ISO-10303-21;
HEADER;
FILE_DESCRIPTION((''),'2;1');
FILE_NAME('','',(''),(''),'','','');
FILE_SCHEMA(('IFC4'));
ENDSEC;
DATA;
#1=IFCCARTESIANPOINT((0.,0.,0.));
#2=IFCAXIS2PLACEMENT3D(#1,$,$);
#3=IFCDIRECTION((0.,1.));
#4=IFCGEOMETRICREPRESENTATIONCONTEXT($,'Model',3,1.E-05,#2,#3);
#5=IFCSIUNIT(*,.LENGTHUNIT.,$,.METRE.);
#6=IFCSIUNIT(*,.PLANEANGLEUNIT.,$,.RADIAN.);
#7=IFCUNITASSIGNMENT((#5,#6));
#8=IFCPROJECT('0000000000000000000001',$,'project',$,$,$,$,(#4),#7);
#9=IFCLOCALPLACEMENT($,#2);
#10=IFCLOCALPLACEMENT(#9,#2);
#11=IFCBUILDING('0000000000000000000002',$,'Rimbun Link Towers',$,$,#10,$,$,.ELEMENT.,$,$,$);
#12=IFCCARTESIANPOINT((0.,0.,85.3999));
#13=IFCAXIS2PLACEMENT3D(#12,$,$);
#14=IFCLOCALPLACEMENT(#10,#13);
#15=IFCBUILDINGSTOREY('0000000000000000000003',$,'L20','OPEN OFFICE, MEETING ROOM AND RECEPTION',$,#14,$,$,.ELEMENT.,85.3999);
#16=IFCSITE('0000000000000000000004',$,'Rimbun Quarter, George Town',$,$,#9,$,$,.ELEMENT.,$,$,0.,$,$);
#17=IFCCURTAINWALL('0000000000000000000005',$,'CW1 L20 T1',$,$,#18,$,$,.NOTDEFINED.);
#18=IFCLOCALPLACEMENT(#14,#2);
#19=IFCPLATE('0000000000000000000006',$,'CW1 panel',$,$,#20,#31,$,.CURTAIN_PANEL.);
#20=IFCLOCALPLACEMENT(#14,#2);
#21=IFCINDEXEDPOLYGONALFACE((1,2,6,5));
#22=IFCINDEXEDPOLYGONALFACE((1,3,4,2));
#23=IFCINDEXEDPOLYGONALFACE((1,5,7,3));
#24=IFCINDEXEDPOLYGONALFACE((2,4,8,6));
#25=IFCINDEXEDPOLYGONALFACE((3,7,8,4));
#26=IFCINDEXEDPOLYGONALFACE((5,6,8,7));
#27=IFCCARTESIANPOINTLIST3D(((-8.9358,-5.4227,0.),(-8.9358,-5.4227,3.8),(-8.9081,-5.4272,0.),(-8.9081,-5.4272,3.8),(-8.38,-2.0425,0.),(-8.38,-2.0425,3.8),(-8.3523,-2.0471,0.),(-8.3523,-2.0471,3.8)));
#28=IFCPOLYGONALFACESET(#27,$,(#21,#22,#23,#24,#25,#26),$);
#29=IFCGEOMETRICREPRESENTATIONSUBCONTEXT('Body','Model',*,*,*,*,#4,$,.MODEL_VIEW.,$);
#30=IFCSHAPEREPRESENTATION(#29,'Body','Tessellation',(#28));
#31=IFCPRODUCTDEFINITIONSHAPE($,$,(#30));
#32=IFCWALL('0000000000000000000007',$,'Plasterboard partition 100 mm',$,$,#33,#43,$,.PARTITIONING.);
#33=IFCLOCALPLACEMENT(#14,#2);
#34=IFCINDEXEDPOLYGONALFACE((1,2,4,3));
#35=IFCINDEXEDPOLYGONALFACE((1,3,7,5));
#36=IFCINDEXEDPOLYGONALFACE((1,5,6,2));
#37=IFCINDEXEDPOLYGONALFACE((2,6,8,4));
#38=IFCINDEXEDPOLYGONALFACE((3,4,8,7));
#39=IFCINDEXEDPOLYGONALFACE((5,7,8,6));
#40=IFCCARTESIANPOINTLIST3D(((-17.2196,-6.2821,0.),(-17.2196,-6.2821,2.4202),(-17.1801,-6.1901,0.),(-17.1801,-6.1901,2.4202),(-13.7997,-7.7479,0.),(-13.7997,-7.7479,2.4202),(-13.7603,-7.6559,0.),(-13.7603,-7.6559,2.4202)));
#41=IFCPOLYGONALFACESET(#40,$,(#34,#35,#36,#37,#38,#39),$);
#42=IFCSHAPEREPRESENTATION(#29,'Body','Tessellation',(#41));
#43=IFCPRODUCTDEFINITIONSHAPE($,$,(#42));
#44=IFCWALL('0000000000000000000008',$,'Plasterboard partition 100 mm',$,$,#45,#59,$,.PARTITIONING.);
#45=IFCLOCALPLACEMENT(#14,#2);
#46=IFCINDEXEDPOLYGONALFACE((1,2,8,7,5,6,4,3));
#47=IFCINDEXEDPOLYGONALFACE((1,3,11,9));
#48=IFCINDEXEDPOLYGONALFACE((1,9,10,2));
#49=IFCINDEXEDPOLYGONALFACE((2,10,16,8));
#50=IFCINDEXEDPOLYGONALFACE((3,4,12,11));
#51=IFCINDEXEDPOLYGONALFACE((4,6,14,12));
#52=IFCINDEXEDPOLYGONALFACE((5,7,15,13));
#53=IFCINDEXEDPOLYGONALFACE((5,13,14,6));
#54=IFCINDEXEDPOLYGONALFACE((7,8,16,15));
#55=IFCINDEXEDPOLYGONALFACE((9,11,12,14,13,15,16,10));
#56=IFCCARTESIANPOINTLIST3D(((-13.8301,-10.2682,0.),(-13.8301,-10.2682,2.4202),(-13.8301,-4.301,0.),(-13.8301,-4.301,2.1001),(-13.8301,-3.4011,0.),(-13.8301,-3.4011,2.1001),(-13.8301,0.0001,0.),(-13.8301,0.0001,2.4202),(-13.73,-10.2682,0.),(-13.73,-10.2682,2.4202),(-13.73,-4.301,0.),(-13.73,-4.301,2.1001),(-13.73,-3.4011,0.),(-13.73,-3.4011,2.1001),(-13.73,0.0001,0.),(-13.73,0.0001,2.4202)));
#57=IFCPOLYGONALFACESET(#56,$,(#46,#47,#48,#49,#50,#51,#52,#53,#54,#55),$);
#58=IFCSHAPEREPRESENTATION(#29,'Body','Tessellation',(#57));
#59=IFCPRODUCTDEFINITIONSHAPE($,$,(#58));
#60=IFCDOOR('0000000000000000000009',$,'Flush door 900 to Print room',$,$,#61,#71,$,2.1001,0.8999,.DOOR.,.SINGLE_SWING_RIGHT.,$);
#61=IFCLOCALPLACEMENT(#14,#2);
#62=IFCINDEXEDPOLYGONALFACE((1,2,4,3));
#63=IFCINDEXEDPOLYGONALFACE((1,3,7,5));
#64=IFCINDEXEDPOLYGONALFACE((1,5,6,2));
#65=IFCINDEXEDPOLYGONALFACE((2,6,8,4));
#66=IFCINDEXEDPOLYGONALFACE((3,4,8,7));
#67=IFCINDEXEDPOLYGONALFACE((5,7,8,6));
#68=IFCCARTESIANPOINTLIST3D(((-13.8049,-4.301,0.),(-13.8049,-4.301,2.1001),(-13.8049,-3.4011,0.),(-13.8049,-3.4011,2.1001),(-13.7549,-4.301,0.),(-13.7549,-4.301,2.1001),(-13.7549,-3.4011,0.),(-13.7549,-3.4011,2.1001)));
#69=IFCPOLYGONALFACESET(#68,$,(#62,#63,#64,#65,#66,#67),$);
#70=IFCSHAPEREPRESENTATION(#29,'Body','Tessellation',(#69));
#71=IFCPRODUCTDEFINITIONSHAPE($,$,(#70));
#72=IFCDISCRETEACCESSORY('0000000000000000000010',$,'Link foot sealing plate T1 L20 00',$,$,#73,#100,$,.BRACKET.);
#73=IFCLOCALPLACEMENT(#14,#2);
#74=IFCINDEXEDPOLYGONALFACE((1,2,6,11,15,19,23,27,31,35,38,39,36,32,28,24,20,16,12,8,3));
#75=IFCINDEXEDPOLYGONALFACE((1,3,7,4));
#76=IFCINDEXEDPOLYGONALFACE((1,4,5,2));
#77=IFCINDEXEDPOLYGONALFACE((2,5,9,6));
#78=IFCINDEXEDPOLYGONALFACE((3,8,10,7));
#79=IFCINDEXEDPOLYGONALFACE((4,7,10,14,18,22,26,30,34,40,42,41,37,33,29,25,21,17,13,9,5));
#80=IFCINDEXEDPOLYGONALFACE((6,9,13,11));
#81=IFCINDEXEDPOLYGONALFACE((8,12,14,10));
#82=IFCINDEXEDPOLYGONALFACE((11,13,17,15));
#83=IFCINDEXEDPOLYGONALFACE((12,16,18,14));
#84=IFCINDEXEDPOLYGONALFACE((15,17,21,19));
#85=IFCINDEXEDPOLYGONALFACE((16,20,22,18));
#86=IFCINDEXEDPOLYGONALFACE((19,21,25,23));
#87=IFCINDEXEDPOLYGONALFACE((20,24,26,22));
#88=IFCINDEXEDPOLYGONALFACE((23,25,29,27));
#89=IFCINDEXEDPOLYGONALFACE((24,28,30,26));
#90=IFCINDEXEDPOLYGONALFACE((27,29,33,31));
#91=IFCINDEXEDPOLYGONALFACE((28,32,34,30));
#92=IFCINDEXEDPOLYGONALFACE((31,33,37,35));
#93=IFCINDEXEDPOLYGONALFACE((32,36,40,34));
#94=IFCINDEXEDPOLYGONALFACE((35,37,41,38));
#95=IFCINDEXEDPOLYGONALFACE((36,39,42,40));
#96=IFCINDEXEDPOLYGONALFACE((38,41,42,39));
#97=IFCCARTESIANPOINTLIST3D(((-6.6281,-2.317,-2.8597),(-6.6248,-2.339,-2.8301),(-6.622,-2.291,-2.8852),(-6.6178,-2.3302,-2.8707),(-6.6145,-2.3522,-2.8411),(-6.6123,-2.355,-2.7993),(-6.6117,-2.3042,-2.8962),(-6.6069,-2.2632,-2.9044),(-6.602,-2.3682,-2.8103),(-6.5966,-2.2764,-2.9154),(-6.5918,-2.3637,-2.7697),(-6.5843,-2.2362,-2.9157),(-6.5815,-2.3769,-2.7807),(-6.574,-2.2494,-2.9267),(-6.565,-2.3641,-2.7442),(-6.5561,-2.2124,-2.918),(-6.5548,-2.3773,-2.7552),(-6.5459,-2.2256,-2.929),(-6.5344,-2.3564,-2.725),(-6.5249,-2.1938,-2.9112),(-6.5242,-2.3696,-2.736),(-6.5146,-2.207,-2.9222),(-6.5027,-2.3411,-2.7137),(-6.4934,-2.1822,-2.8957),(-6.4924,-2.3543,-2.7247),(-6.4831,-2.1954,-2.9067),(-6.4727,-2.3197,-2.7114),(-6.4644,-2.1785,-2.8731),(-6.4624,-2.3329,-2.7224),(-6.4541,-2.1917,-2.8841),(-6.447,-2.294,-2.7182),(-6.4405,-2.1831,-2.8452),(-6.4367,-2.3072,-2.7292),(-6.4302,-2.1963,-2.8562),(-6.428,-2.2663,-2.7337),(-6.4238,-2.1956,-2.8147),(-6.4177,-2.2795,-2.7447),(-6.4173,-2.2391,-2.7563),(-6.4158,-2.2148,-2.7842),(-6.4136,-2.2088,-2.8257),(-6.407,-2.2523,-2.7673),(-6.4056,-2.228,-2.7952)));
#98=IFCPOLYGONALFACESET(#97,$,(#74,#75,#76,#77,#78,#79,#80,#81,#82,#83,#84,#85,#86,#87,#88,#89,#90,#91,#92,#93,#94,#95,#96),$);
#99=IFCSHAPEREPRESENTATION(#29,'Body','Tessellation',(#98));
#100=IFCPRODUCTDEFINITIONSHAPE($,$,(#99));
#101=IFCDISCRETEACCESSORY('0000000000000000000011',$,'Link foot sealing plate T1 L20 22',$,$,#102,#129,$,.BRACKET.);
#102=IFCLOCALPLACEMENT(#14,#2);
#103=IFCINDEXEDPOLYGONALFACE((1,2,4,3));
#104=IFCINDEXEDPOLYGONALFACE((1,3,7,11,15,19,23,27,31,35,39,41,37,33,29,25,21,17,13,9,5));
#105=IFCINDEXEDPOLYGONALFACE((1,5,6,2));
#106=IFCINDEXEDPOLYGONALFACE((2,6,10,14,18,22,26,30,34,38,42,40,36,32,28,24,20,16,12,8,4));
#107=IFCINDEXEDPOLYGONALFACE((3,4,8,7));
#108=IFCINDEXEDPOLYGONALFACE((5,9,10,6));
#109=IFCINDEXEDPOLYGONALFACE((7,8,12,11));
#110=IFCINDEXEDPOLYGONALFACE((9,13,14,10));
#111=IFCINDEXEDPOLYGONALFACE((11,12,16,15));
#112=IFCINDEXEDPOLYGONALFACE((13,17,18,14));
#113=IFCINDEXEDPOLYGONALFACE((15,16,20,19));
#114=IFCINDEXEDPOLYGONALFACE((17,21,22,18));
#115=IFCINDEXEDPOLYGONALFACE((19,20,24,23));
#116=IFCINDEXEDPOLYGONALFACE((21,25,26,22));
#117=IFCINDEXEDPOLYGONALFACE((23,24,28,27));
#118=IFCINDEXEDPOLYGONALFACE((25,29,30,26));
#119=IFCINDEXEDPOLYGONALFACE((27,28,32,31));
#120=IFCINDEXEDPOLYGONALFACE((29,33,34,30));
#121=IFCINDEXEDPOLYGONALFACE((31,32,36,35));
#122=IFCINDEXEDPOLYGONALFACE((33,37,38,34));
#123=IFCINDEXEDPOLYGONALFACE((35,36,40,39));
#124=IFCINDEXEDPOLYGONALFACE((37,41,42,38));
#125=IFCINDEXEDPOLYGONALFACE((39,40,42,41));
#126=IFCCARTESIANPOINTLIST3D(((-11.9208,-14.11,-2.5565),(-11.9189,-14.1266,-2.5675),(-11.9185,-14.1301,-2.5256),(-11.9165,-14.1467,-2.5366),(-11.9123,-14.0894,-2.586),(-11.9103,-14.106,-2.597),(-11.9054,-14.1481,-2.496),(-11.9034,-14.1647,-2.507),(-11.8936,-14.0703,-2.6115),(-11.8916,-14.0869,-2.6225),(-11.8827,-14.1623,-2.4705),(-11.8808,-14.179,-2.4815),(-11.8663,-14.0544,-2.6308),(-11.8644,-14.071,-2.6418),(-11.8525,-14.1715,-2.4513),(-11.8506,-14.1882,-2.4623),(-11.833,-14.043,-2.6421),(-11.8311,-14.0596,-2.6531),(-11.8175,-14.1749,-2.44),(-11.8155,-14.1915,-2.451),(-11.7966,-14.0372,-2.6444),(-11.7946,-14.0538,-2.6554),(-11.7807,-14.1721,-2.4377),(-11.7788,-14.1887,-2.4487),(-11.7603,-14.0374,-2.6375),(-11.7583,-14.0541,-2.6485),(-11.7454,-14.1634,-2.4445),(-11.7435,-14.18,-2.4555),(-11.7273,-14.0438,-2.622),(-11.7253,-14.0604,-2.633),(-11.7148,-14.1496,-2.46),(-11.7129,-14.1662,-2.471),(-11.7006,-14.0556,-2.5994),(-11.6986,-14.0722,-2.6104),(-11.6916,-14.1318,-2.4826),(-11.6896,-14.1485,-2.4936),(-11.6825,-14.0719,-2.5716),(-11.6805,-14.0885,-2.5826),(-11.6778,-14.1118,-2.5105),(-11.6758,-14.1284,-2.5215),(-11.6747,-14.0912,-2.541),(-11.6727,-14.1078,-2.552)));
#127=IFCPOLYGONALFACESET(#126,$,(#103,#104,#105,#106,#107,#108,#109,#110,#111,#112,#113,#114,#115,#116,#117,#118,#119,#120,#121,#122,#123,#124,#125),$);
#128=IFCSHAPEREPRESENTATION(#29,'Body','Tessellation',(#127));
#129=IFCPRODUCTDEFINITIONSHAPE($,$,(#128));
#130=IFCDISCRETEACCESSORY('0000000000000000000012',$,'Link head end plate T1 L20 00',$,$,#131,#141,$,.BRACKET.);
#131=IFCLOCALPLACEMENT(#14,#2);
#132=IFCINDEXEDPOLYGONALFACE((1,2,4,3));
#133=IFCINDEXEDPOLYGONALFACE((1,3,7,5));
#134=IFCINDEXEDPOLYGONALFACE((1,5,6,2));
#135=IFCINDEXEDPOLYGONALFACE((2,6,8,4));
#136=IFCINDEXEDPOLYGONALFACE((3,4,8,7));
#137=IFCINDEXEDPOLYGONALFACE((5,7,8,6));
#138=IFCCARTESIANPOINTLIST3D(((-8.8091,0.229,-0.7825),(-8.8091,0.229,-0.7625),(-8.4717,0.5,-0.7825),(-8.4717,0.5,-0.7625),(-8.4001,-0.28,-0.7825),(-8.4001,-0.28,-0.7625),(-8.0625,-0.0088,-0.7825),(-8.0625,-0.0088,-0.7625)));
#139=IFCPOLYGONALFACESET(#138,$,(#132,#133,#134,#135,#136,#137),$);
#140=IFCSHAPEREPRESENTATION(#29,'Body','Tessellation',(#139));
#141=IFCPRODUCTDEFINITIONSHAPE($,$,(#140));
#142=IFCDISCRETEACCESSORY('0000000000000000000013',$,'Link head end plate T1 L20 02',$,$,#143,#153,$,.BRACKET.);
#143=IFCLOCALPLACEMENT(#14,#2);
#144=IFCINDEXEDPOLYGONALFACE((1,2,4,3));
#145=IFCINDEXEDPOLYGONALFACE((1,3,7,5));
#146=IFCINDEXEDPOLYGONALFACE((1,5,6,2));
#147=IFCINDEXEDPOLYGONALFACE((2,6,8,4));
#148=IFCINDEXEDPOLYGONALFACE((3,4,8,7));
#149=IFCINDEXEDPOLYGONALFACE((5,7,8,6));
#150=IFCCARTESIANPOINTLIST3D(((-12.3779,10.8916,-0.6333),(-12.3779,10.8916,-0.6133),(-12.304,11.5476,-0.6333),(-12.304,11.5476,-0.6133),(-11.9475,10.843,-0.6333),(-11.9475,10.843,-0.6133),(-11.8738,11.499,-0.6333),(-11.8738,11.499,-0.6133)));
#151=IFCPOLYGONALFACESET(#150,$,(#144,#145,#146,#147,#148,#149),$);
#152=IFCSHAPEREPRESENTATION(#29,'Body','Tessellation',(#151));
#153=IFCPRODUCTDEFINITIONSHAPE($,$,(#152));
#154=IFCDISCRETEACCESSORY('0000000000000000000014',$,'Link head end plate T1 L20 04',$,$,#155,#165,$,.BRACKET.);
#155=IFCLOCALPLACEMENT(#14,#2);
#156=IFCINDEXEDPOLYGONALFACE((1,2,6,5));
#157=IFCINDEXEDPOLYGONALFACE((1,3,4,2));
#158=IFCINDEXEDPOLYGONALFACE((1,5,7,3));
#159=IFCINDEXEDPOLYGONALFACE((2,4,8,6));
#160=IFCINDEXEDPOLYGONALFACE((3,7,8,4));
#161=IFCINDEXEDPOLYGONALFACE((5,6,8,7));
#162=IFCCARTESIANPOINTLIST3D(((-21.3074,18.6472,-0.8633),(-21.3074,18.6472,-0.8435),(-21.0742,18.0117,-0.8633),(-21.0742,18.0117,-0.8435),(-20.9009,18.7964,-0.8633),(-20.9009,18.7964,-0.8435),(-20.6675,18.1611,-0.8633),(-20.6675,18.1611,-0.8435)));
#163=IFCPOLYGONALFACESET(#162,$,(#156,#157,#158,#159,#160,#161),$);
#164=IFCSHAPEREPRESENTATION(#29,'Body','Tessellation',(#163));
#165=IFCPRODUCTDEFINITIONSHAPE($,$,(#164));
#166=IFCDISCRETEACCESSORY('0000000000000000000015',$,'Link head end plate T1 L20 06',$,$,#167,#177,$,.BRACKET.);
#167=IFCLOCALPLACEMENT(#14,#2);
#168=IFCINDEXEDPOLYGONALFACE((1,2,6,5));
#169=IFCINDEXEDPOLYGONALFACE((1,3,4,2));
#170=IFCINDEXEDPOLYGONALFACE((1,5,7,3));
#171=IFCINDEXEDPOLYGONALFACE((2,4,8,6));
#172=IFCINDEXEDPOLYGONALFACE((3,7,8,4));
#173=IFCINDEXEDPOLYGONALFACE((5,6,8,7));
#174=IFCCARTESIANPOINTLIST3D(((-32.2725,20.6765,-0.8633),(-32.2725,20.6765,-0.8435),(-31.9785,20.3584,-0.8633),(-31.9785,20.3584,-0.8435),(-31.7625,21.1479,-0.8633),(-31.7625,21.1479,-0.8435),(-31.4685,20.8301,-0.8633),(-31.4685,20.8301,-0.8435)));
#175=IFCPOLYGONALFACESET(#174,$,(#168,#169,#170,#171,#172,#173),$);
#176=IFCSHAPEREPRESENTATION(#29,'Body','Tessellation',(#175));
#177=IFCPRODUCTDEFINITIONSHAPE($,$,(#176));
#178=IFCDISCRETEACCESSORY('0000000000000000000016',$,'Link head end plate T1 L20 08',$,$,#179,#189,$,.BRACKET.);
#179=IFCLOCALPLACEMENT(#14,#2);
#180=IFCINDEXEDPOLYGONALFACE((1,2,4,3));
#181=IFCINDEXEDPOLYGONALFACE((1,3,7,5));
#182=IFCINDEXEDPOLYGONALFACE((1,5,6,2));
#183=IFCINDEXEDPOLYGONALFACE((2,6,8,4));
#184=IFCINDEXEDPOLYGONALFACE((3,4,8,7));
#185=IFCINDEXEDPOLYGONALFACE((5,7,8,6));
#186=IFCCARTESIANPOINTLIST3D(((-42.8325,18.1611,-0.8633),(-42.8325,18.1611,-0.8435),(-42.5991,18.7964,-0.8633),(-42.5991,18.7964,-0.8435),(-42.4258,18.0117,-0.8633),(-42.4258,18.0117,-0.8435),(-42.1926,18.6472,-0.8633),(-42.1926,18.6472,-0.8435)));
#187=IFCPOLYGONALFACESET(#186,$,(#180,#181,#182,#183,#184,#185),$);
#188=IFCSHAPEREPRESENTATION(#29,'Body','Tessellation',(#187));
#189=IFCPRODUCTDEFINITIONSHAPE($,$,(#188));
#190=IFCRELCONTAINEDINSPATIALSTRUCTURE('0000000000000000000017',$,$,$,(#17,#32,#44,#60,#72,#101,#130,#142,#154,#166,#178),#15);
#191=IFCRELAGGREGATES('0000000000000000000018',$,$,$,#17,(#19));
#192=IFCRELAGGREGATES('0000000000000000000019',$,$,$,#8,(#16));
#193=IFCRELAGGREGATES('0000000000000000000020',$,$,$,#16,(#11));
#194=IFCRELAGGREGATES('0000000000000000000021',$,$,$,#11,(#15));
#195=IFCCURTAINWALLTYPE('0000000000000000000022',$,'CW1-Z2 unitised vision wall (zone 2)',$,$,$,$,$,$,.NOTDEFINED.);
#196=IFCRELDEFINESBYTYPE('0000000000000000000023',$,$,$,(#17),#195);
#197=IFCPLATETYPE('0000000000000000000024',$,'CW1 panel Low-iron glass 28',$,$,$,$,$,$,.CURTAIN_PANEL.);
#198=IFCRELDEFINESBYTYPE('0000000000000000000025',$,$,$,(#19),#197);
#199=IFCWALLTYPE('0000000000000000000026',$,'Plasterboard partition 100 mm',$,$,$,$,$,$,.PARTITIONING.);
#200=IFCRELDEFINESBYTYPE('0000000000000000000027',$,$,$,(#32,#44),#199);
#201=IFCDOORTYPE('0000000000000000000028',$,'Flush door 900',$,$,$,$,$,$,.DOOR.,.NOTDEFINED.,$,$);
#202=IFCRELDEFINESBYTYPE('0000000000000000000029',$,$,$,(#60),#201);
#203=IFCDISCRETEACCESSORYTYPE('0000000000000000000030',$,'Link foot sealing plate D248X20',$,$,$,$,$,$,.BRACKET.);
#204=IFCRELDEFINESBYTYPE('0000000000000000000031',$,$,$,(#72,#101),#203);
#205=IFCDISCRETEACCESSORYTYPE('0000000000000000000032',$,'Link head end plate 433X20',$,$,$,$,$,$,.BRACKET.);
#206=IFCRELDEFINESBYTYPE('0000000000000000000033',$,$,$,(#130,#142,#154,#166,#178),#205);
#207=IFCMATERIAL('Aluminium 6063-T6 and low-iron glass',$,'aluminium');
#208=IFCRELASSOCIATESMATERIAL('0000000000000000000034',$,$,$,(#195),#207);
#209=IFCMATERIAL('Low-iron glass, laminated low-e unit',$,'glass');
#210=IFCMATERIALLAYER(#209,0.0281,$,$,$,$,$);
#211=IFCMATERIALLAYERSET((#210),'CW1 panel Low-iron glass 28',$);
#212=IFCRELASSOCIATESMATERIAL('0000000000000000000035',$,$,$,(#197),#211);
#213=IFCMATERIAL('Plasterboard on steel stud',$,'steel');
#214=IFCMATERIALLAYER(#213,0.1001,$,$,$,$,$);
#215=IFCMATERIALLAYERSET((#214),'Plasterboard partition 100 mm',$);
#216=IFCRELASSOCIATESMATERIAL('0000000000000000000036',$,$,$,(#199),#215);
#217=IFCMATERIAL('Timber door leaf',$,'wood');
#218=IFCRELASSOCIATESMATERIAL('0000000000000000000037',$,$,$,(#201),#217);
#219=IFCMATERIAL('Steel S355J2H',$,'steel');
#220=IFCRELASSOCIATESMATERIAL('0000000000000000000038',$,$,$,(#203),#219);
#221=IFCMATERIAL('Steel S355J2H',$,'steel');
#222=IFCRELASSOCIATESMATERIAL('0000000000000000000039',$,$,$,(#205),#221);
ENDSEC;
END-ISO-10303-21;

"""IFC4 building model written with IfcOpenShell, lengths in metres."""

from ifc_helpers import new_model, si_unit, direction, frame, frame_2d, origin, origin_2d, place, context, subcontext, project, spatial, polyline, rectangle, circle, outline, extrude, material, layer, layer_set, material_profile, profile_set, type_object, element, fill, aggregate, save


model = new_model("IFC4")

# Units and contexts
model_context = context("Model", 3, precision=1e-05, world=origin(), true_north=direction((0.0, 1.0)))
body_context = subcontext(model_context, "Body", "Model", "MODEL_VIEW")
ifc_project = project(units=[si_unit("LENGTHUNIT", "METRE"), si_unit("PLANEANGLEUNIT", "RADIAN")], contexts=[model_context])

# Site, building, storey
site_placement = place(None, origin())
site = spatial("IfcSite", under=ifc_project, at=site_placement, Name="Rimbun Quarter, George Town", CompositionType="ELEMENT", RefElevation=0.0)
building_placement = place(site_placement, origin())
building = spatial("IfcBuilding", under=site, at=building_placement, Name="Rimbun Link Towers", CompositionType="ELEMENT")
storey_placement = place(building_placement, frame((0.0, 0.0, 85.3999)))
storey = spatial("IfcBuildingStorey", under=building, at=storey_placement, Name="L20", Description="OPEN OFFICE, MEETING ROOM AND RECEPTION", CompositionType="ELEMENT", Elevation=85.3999)

# Curtain wall
ifc_material_1 = material(Name="Aluminium 6063-T6 and low-iron glass", Category="aluminium")
curtain_wall_type = type_object("IfcCurtainWallType", Name="CW1-Z2 unitised vision wall (zone 2)", PredefinedType="NOTDEFINED", material=ifc_material_1)
curtain_wall_placement = place(storey_placement, origin())
curtain_wall = element("IfcCurtainWall", 1, at=curtain_wall_placement, inside=storey, type_object=curtain_wall_type, Name="CW1 L20 T1", PredefinedType="NOTDEFINED")

# Plate
ifc_material_2 = material(Name="Low-iron glass, laminated low-e unit", Category="glass")
ifc_layer_1 = layer(ifc_material_2, 0.0281)
ifc_layer_set_1 = layer_set([ifc_layer_1], Name="CW1 panel Low-iron glass 28")
plate_type = type_object("IfcPlateType", Name="CW1 panel Low-iron glass 28", PredefinedType="CURTAIN_PANEL", material=ifc_layer_set_1)
plate_1_placement = place(storey_placement, frame((-8.644, -3.7349, 0.0), z_axis=(0.0, 0.0, 1.0), x_axis=(-0.162255, -0.986749, 0.0)))
plate_1 = element("IfcPlate", 2, at=plate_1_placement, type_object=plate_type, Name="CW1 panel", PredefinedType="CURTAIN_PANEL", context=body_context, shape_type="SweptSolid", body=[
    extrude(rectangle(XDim=3.4255, YDim=0.0281, at=origin_2d()), origin(), (0.0, 0.0, 1.0), 3.8),
])
aggregate(curtain_wall, [plate_1])

# Wall
ifc_material_3 = material(Name="Plasterboard on steel stud", Category="steel")
ifc_layer_2 = layer(ifc_material_3, 0.1001)
ifc_layer_set_2 = layer_set([ifc_layer_2], Name="Plasterboard partition 100 mm")
wall_type = type_object("IfcWallType", Name="Plasterboard partition 100 mm", PredefinedType="PARTITIONING", material=ifc_layer_set_2)
wall_1_placement = place(storey_placement, frame((-13.78, -7.7019, 0.0), z_axis=(0.0, 0.0, 1.0), x_axis=(-0.919131, 0.393951, 0.0)))
element("IfcWall", 3, at=wall_1_placement, inside=storey, type_object=wall_type, Name="Plasterboard partition 100 mm", PredefinedType="PARTITIONING", context=body_context, shape_type="SweptSolid", body=[
    extrude(rectangle(XDim=3.7207, YDim=0.1001, at=frame_2d((1.8604, 0.0))), origin(), (0.0, 0.0, 1.0), 2.4202),
])

# Wall, opening, door
wall_2_placement = place(storey_placement, frame((-13.78, -10.2683, 0.0), z_axis=(0.0, 0.0, 1.0), x_axis=(0.0, 1.0, 0.0)))
wall_2 = element("IfcWall", 4, at=wall_2_placement, inside=storey, type_object=wall_type, Name="Plasterboard partition 100 mm", PredefinedType="PARTITIONING", context=body_context, shape_type="SweptSolid", body=[
    extrude(rectangle(XDim=10.2683, YDim=0.1001, at=frame_2d((5.1343, 0.0))), origin(), (0.0, 0.0, 1.0), 2.4202),
])
opening_placement = place(wall_2_placement, frame((5.9673, 0.0, 0.0)))
opening = element("IfcOpeningElement", 5, at=opening_placement, cuts=wall_2, PredefinedType="OPENING", context=body_context, shape_type="SweptSolid", body=[
    extrude(rectangle(XDim=0.8999, YDim=2.1001, at=frame_2d((0.45, 1.05))), frame((0.0, 0.0601, 0.0), z_axis=(0.0, -1.0, 0.0), x_axis=(1.0, 0.0, 0.0)), (0.0, 0.0, 1.0), 0.1201),
])
ifc_material_4 = material(Name="Timber door leaf", Category="wood")
door_type = type_object("IfcDoorType", Name="Flush door 900", OperationType="NOTDEFINED", PredefinedType="DOOR", material=ifc_material_4)
door_placement = place(opening_placement, origin())
door = element("IfcDoor", 6, at=door_placement, inside=storey, type_object=door_type, Name="Flush door 900 to Print room", OperationType="SINGLE_SWING_RIGHT", OverallHeight=2.1001, OverallWidth=0.8999, PredefinedType="DOOR", context=body_context, shape_type="SweptSolid", body=[
    extrude(rectangle(XDim=0.8999, YDim=2.1001, at=frame_2d((0.45, 1.05))), frame((0.0, 0.0249, 0.0), z_axis=(0.0, -1.0, 0.0), x_axis=(1.0, 0.0, 0.0)), (0.0, 0.0, 1.0), 0.05),
])
fill(opening, door)

# Discrete accessories
ifc_material_5 = material(Name="Steel S355J2H", Category="steel")
ifc_material_profile_1 = material_profile(ifc_material_5, circle(Radius=0.124, at=origin_2d()), Name="PL D248")
ifc_profile_set_1 = profile_set([ifc_material_profile_1], Name="Steel S355J2H")
discrete_accessory_type_1 = type_object("IfcDiscreteAccessoryType", Name="Link foot sealing plate D248X20", PredefinedType="BRACKET", material=ifc_profile_set_1)
for number, where, z_axis, x_axis, name in (
    (7, (-6.5217, -2.2717, -2.8147), (0.51292, -0.659469, -0.549557), (0.789352, 0.613941, 0.0), "Link foot sealing plate T1 L20 00"),
    (8, (-11.7979, -14.1057, -2.541), (0.097641, -0.829947, -0.54923), (0.993151, 0.116841, 0.0), "Link foot sealing plate T1 L20 22"),
):
    element("IfcDiscreteAccessory", number, at=place(storey_placement, frame(where, z_axis=z_axis, x_axis=x_axis)), inside=storey, type_object=discrete_accessory_type_1, Name=name, PredefinedType="BRACKET", context=body_context, shape_type="SweptSolid", body=[
        extrude(circle(Radius=0.124, at=origin_2d()), origin(), (0.0, 0.0, 1.0), 0.02),
    ])
ifc_material_6 = material(Name="Steel S355J2H", Category="steel")
ifc_material_profile_2 = material_profile(ifc_material_6, rectangle(XDim=0.4331, YDim=0.4331, at=origin_2d()), Name="PL 433x433")
ifc_profile_set_2 = profile_set([ifc_material_profile_2], Name="Steel S355J2H")
discrete_accessory_type_2 = type_object("IfcDiscreteAccessoryType", Name="Link head end plate 433X20", PredefinedType="BRACKET", material=ifc_profile_set_2)
discrete_accessory_1_placement = place(storey_placement, frame((0.0, 0.0, -0.7825)))
element("IfcDiscreteAccessory", 9, at=discrete_accessory_1_placement, inside=storey, type_object=discrete_accessory_type_2, Name="Link head end plate T1 L20 00", PredefinedType="BRACKET", context=body_context, shape_type="SweptSolid", body=[
    extrude(outline(polyline([(-8.8091, 0.229), (-8.4001, -0.28), (-8.0625, -0.0088), (-8.4717, 0.5), (-8.8091, 0.229)])), origin(), (0.0, 0.0, 1.0), 0.02),
])
discrete_accessory_2_placement = place(storey_placement, frame((0.0, 0.0, -0.6333)))
element("IfcDiscreteAccessory", 10, at=discrete_accessory_2_placement, inside=storey, type_object=discrete_accessory_type_2, Name="Link head end plate T1 L20 02", PredefinedType="BRACKET", context=body_context, shape_type="SweptSolid", body=[
    extrude(outline(polyline([(-11.9475, 10.843), (-11.8738, 11.499), (-12.304, 11.5476), (-12.3779, 10.8916), (-11.9475, 10.843)])), origin(), (0.0, 0.0, 1.0), 0.02),
])
discrete_accessory_3_placement = place(storey_placement, frame((0.0, 0.0, -0.8633)))
element("IfcDiscreteAccessory", 11, at=discrete_accessory_3_placement, inside=storey, type_object=discrete_accessory_type_2, Name="Link head end plate T1 L20 04", PredefinedType="BRACKET", context=body_context, shape_type="SweptSolid", body=[
    extrude(outline(polyline([(-20.6675, 18.1611), (-20.9009, 18.7964), (-21.3074, 18.6472), (-21.0742, 18.0117), (-20.6675, 18.1611)])), origin(), (0.0, 0.0, 1.0), 0.0198),
])
discrete_accessory_4_placement = place(storey_placement, frame((0.0, 0.0, -0.8633)))
element("IfcDiscreteAccessory", 12, at=discrete_accessory_4_placement, inside=storey, type_object=discrete_accessory_type_2, Name="Link head end plate T1 L20 06", PredefinedType="BRACKET", context=body_context, shape_type="SweptSolid", body=[
    extrude(outline(polyline([(-31.9785, 20.3584), (-31.4685, 20.8301), (-31.7625, 21.1479), (-32.2725, 20.6765), (-31.9785, 20.3584)])), origin(), (0.0, 0.0, 1.0), 0.0198),
])
discrete_accessory_5_placement = place(storey_placement, frame((0.0, 0.0, -0.8633)))
element("IfcDiscreteAccessory", 13, at=discrete_accessory_5_placement, inside=storey, type_object=discrete_accessory_type_2, Name="Link head end plate T1 L20 08", PredefinedType="BRACKET", context=body_context, shape_type="SweptSolid", body=[
    extrude(outline(polyline([(-42.4258, 18.0117), (-42.1926, 18.6472), (-42.5991, 18.7964), (-42.8325, 18.1611), (-42.4258, 18.0117)])), origin(), (0.0, 0.0, 1.0), 0.0198),
])

save(model, "model.ifc")
